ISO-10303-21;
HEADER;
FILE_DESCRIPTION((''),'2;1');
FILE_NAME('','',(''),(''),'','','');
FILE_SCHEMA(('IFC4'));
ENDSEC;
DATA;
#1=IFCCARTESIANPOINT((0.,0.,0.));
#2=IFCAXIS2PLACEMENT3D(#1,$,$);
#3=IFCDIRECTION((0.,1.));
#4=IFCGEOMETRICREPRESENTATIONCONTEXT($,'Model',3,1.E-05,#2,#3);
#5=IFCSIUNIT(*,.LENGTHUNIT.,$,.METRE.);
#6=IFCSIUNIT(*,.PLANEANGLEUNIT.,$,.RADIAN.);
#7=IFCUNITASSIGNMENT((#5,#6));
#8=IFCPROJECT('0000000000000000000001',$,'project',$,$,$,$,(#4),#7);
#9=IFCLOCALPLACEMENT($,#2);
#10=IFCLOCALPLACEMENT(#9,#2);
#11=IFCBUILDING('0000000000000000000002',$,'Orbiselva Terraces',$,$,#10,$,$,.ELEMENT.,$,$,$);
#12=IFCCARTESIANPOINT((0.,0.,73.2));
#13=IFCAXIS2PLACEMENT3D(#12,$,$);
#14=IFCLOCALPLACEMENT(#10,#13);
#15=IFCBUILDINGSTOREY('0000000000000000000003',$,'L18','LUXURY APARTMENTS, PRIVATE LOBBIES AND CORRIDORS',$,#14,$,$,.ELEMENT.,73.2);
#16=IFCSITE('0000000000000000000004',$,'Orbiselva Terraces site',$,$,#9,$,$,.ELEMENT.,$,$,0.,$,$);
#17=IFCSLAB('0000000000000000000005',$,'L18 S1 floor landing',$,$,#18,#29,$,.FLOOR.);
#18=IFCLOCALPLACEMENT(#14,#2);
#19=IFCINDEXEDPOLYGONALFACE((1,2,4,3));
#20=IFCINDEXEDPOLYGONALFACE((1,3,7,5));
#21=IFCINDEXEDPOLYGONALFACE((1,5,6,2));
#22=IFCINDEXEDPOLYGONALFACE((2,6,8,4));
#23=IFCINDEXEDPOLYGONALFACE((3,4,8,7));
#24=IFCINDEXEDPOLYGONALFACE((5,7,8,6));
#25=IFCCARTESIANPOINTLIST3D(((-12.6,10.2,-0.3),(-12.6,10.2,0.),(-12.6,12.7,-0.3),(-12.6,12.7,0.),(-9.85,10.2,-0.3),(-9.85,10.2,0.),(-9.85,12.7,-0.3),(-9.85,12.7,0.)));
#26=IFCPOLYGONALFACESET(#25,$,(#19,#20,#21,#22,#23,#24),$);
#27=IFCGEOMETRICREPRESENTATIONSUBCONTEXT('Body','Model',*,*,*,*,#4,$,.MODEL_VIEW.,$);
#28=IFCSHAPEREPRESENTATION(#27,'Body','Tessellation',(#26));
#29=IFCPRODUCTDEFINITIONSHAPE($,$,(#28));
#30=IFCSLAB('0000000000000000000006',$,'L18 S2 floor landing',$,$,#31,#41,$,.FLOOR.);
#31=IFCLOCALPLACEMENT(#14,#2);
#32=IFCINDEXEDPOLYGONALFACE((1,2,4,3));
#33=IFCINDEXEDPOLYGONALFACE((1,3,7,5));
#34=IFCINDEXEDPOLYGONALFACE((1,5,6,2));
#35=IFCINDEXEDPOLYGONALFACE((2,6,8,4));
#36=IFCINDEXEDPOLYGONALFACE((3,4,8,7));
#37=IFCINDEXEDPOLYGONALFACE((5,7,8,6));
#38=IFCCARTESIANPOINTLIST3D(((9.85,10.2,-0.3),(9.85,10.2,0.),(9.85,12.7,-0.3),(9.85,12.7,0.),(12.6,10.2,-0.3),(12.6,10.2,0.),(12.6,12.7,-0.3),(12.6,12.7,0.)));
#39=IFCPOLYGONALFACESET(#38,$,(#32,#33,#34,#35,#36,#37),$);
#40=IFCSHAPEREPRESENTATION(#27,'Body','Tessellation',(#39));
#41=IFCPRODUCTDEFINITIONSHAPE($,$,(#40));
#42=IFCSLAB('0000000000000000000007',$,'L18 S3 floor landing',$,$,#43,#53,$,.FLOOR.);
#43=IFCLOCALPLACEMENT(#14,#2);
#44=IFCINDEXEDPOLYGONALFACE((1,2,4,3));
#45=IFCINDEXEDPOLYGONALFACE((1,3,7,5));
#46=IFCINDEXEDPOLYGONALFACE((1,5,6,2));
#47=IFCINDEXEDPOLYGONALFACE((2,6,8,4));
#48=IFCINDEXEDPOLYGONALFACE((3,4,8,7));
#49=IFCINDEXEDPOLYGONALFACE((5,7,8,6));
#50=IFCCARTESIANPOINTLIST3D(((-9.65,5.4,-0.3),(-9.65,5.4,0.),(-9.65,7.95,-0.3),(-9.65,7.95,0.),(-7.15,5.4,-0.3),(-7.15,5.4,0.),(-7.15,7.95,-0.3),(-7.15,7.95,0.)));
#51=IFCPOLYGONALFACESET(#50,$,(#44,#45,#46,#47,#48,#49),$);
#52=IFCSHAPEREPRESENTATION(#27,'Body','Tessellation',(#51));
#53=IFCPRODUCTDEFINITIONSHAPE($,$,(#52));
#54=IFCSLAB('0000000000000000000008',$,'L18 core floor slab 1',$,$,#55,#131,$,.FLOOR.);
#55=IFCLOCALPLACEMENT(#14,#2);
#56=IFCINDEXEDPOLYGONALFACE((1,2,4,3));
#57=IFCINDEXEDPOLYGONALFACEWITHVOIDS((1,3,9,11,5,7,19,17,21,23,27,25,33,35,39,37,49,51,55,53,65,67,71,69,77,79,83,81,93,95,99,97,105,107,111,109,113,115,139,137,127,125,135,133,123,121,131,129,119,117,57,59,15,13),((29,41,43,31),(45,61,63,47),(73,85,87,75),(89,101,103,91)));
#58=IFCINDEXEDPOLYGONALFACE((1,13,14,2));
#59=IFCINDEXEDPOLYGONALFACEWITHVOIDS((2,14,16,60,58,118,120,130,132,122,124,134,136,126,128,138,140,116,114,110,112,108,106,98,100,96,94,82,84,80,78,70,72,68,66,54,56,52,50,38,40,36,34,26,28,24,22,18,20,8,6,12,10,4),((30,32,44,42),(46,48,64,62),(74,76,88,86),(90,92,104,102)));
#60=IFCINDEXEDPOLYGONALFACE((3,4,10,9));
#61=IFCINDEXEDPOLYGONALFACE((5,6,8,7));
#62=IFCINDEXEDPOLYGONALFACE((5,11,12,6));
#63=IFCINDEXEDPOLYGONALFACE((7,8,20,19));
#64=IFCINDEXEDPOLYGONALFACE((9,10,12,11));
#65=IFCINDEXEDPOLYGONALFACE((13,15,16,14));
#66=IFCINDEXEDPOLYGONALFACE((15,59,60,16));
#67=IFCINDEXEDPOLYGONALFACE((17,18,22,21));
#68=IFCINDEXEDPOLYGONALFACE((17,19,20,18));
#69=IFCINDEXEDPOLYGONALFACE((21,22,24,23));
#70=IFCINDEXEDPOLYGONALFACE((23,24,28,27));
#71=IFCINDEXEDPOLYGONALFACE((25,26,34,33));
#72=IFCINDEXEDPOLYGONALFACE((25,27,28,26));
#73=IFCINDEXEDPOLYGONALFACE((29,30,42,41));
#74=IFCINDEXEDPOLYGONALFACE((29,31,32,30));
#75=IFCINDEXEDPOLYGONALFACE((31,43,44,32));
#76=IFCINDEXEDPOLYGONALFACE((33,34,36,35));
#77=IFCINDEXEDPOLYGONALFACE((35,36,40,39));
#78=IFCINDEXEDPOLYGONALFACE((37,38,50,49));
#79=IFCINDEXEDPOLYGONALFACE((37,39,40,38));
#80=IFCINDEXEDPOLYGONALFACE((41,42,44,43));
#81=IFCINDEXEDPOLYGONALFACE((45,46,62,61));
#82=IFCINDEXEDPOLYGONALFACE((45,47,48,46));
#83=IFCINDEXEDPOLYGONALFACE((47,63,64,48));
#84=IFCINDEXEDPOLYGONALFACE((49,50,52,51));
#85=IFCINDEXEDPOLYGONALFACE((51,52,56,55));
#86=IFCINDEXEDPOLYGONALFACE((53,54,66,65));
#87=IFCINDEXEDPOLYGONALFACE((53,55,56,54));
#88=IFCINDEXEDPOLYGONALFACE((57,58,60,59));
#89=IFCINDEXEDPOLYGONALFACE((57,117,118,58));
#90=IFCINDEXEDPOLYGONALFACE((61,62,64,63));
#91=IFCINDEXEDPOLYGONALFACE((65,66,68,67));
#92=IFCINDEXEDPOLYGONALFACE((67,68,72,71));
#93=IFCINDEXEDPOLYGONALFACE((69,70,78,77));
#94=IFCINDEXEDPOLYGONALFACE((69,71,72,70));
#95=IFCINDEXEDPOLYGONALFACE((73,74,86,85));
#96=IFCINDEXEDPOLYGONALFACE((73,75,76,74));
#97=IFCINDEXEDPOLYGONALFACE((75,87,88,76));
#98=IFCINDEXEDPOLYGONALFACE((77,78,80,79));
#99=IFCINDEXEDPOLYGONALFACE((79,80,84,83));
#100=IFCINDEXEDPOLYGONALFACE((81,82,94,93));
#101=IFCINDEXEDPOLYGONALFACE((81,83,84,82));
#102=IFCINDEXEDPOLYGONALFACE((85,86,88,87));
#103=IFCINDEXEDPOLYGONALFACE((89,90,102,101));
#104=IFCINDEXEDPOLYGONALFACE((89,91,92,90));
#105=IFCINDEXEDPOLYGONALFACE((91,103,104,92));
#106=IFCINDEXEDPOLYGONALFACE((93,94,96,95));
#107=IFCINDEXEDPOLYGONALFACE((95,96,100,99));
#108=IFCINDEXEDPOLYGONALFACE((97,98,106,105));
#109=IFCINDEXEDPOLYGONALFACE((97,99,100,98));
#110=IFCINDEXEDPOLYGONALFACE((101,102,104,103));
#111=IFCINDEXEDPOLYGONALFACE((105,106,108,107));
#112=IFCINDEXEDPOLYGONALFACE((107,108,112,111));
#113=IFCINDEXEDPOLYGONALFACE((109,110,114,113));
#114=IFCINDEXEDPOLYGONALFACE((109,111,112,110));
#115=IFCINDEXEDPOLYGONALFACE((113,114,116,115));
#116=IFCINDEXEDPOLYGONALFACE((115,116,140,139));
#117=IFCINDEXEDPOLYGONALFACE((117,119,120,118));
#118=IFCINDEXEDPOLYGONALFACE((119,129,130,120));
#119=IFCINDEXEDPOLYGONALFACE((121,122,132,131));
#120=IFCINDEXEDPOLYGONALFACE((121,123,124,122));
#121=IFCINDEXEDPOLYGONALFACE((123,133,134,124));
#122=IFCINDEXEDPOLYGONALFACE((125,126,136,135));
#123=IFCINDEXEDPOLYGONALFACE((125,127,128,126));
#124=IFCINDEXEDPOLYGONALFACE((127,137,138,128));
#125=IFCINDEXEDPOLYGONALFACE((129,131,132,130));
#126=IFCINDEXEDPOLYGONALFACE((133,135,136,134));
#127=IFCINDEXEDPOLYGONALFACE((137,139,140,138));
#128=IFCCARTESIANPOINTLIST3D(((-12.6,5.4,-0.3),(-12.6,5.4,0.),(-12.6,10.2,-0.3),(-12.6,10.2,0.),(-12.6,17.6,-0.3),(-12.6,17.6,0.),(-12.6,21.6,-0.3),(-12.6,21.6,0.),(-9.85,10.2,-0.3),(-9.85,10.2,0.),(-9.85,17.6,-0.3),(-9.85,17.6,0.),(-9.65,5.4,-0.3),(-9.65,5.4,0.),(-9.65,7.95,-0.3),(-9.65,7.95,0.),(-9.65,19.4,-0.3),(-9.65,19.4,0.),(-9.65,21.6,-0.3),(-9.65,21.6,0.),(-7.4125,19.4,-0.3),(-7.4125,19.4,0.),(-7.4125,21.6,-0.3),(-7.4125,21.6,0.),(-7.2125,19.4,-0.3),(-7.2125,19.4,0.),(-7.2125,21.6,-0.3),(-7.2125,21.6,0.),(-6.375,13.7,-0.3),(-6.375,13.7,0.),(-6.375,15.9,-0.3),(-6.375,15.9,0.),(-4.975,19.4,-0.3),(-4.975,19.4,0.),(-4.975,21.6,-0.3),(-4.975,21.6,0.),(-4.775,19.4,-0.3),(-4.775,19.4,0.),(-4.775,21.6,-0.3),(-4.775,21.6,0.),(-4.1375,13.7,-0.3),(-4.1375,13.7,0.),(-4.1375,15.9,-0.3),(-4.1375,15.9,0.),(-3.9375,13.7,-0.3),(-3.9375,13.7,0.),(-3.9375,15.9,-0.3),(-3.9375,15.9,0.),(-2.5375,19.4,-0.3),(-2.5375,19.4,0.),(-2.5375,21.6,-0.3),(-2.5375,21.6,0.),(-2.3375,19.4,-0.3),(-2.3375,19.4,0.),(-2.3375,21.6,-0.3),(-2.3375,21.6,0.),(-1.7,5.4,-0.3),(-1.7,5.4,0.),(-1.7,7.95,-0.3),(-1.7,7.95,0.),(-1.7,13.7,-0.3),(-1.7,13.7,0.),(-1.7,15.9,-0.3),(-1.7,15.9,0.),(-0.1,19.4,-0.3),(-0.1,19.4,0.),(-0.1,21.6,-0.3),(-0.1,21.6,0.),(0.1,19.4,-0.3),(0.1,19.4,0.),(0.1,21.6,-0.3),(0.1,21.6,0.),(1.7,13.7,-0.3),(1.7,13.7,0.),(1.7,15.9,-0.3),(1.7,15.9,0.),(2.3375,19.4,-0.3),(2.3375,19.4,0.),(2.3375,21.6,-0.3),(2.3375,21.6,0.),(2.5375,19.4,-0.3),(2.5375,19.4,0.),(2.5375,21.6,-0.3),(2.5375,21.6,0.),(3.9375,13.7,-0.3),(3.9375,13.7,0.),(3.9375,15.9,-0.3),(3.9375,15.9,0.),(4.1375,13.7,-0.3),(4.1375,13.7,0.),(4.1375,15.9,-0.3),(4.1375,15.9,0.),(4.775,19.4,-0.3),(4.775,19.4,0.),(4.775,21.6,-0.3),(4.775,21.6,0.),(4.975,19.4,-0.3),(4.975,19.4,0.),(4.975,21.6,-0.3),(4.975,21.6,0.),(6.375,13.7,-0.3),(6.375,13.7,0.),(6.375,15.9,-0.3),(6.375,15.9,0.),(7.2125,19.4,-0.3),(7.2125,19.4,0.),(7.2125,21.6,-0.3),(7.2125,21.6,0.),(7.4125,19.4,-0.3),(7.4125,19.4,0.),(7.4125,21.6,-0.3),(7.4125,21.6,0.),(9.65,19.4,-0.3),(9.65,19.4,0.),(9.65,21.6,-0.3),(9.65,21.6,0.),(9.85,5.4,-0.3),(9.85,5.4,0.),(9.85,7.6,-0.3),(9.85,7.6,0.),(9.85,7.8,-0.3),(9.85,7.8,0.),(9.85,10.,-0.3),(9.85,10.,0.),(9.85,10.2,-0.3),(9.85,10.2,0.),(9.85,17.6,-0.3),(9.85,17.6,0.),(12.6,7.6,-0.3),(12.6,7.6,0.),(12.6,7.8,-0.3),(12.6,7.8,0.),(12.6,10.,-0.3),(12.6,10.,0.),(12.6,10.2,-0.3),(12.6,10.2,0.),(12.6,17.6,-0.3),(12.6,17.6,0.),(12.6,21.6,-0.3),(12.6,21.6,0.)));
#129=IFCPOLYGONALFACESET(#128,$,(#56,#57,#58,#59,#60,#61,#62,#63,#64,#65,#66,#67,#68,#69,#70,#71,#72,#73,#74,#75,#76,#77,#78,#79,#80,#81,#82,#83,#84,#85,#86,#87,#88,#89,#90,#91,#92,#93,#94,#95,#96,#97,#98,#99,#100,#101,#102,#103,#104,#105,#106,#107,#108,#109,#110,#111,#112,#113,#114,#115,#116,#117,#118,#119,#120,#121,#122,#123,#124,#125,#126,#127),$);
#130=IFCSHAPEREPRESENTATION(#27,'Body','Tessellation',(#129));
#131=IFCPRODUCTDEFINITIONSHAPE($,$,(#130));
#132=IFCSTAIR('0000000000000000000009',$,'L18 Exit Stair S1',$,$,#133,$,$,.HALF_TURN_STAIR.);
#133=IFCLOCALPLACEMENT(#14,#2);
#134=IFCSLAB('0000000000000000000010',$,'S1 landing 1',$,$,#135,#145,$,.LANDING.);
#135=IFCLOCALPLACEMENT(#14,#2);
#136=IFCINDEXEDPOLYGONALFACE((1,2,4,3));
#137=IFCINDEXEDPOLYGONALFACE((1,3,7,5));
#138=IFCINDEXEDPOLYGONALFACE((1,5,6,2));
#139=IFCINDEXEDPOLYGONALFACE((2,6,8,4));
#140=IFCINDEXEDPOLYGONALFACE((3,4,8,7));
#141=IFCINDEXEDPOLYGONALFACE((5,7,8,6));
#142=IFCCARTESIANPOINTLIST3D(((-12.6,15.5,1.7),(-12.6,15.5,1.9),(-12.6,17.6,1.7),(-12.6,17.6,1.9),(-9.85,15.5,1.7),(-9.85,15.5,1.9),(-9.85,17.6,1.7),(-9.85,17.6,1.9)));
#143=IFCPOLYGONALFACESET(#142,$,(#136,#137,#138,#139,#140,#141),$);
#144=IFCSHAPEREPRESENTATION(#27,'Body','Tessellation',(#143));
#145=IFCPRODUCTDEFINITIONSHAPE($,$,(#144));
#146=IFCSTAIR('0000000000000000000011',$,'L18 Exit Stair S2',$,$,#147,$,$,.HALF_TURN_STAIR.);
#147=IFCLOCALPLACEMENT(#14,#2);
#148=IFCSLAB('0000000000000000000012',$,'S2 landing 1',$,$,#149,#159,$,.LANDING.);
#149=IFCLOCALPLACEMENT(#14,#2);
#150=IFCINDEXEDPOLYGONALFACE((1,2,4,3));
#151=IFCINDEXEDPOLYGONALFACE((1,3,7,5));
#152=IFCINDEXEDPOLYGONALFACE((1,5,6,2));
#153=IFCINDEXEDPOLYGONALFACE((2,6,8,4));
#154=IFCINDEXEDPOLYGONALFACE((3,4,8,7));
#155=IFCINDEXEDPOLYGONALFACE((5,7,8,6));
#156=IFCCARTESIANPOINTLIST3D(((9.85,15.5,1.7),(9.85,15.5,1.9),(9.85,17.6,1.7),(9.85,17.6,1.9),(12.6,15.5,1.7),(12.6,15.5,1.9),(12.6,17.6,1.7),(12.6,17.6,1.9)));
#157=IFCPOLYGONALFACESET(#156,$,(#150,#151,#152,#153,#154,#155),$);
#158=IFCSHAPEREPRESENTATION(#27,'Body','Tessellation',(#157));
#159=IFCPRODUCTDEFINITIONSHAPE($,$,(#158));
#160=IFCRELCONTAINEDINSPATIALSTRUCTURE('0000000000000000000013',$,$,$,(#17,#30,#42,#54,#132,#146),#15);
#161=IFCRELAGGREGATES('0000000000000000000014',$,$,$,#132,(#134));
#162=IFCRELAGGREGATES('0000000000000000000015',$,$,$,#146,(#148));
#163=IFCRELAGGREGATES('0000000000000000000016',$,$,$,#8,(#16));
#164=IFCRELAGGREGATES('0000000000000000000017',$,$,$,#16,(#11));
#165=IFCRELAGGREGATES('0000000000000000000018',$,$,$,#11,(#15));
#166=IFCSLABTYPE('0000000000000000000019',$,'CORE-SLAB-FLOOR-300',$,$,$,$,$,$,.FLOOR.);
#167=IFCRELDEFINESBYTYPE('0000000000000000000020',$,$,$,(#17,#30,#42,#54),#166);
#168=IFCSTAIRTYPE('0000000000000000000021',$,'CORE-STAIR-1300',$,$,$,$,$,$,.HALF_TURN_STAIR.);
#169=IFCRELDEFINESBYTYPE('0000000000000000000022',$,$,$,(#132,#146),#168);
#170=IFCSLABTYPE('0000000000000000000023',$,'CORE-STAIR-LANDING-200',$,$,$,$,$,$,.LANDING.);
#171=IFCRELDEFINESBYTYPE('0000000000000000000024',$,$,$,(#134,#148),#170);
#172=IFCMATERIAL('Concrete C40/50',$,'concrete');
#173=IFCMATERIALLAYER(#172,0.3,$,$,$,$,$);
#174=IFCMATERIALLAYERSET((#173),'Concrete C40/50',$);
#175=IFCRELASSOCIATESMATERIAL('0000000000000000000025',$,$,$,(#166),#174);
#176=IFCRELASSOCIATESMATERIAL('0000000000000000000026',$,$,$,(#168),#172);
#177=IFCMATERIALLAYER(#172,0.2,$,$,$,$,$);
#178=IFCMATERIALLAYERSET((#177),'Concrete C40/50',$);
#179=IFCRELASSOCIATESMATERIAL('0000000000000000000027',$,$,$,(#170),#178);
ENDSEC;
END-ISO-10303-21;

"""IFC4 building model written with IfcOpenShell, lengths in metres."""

from ifc_helpers import new_model, si_unit, direction, frame, origin, place, context, subcontext, project, spatial, polyline, outline, extrude, material, layer, layer_set, type_object, element, aggregate, save


model = new_model("IFC4")

# Units and contexts
model_context = context("Model", 3, precision=1e-05, world=origin(), true_north=direction((0.0, 1.0)))
body_context = subcontext(model_context, "Body", "Model", "MODEL_VIEW")
ifc_project = project(units=[si_unit("LENGTHUNIT", "METRE"), si_unit("PLANEANGLEUNIT", "RADIAN")], contexts=[model_context])

# Site, building, storey
site_placement = place(None, origin())
site = spatial("IfcSite", under=ifc_project, at=site_placement, Name="Orbiselva Terraces site", CompositionType="ELEMENT", RefElevation=0.0)
building_placement = place(site_placement, origin())
building = spatial("IfcBuilding", under=site, at=building_placement, Name="Orbiselva Terraces", CompositionType="ELEMENT")
storey_placement = place(building_placement, frame((0.0, 0.0, 73.2)))
storey = spatial("IfcBuildingStorey", under=building, at=storey_placement, Name="L18", Description="LUXURY APARTMENTS, PRIVATE LOBBIES AND CORRIDORS", CompositionType="ELEMENT", Elevation=73.2)

# Slabs
ifc_material_1 = material(Name="Concrete C40/50", Category="concrete")
ifc_layer_1 = layer(ifc_material_1, 0.3)
ifc_layer_set_1 = layer_set([ifc_layer_1], Name="Concrete C40/50")
slab_type_1 = type_object("IfcSlabType", Name="CORE-SLAB-FLOOR-300", PredefinedType="FLOOR", material=ifc_layer_set_1)
slab_1_placement = place(storey_placement, frame((0.0, 0.0, -0.3)))
element("IfcSlab", 1, at=slab_1_placement, inside=storey, type_object=slab_type_1, Name="L18 S1 floor landing", PredefinedType="FLOOR", context=body_context, shape_type="SweptSolid", body=[
    extrude(outline(polyline([(-12.6, 12.7), (-9.85, 12.7), (-9.85, 10.2), (-12.6, 10.2), (-12.6, 12.7)])), origin(), (0.0, 0.0, 1.0), 0.3),
])
slab_2_placement = place(storey_placement, frame((0.0, 0.0, -0.3)))
element("IfcSlab", 2, at=slab_2_placement, inside=storey, type_object=slab_type_1, Name="L18 S2 floor landing", PredefinedType="FLOOR", context=body_context, shape_type="SweptSolid", body=[
    extrude(outline(polyline([(12.6, 12.7), (12.6, 10.2), (9.85, 10.2), (9.85, 12.7), (12.6, 12.7)])), origin(), (0.0, 0.0, 1.0), 0.3),
])
slab_3_placement = place(storey_placement, frame((0.0, 0.0, -0.3)))
element("IfcSlab", 3, at=slab_3_placement, inside=storey, type_object=slab_type_1, Name="L18 S3 floor landing", PredefinedType="FLOOR", context=body_context, shape_type="SweptSolid", body=[
    extrude(outline(polyline([(-7.15, 5.4), (-9.65, 5.4), (-9.65, 7.95), (-7.15, 7.95), (-7.15, 5.4)])), origin(), (0.0, 0.0, 1.0), 0.3),
])
slab_4_placement = place(storey_placement, frame((0.0, 0.0, -0.3)))
element("IfcSlab", 4, at=slab_4_placement, inside=storey, type_object=slab_type_1, Name="L18 core floor slab 1", PredefinedType="FLOOR", context=body_context, shape_type="SweptSolid", body=[
    extrude(outline(polyline([(-1.7, 5.4), (-1.7, 7.95), (-9.65, 7.95), (-9.65, 5.4), (-12.6, 5.4), (-12.6, 10.2), (-9.85, 10.2), (-9.85, 17.6), (-12.6, 17.6), (-12.6, 21.6), (-9.65, 21.6), (-9.65, 19.4), (-7.4125, 19.4), (-7.4125, 21.6), (-7.2125, 21.6), (-7.2125, 19.4), (-4.975, 19.4), (-4.975, 21.6), (-4.775, 21.6), (-4.775, 19.4), (-2.5375, 19.4), (-2.5375, 21.6), (-2.3375, 21.6), (-2.3375, 19.4), (-0.1, 19.4), (-0.1, 21.6), (0.1, 21.6), (0.1, 19.4), (2.3375, 19.4), (2.3375, 21.6), (2.5375, 21.6), (2.5375, 19.4), (4.775, 19.4), (4.775, 21.6), (4.975, 21.6), (4.975, 19.4), (7.2125, 19.4), (7.2125, 21.6), (7.4125, 21.6), (7.4125, 19.4), (9.65, 19.4), (9.65, 21.6), (12.6, 21.6), (12.6, 17.6), (9.85, 17.6), (9.85, 10.2), (12.6, 10.2), (12.6, 10.0), (9.85, 10.0), (9.85, 7.8), (12.6, 7.8), (12.6, 7.6), (9.85, 7.6), (9.85, 5.4), (-1.7, 5.4)]), holes=[polyline([(-4.1375, 13.7), (-4.1375, 15.9), (-6.375, 15.9), (-6.375, 13.7), (-4.1375, 13.7)]), polyline([(-1.7, 13.7), (-1.7, 15.9), (-3.9375, 15.9), (-3.9375, 13.7), (-1.7, 13.7)]), polyline([(3.9375, 13.7), (3.9375, 15.9), (1.7, 15.9), (1.7, 13.7), (3.9375, 13.7)]), polyline([(6.375, 13.7), (6.375, 15.9), (4.1375, 15.9), (4.1375, 13.7), (6.375, 13.7)])]), origin(), (0.0, 0.0, 1.0), 0.3),
])

# Stairs, slabs
stair_type = type_object("IfcStairType", Name="CORE-STAIR-1300", PredefinedType="HALF_TURN_STAIR", material=ifc_material_1)
stair_1_placement = place(storey_placement, origin())
stair_1 = element("IfcStair", 5, at=stair_1_placement, inside=storey, type_object=stair_type, Name="L18 Exit Stair S1", PredefinedType="HALF_TURN_STAIR")
ifc_layer_2 = layer(ifc_material_1, 0.2)
ifc_layer_set_2 = layer_set([ifc_layer_2], Name="Concrete C40/50")
slab_type_2 = type_object("IfcSlabType", Name="CORE-STAIR-LANDING-200", PredefinedType="LANDING", material=ifc_layer_set_2)
slab_5_placement = place(storey_placement, frame((0.0, 0.0, 1.7)))
slab_5 = element("IfcSlab", 6, at=slab_5_placement, type_object=slab_type_2, Name="S1 landing 1", PredefinedType="LANDING", context=body_context, shape_type="SweptSolid", body=[
    extrude(outline(polyline([(-9.85, 15.5), (-9.85, 17.6), (-12.6, 17.6), (-12.6, 15.5), (-9.85, 15.5)])), origin(), (0.0, 0.0, 1.0), 0.2),
])
aggregate(stair_1, [slab_5])
stair_2_placement = place(storey_placement, origin())
stair_2 = element("IfcStair", 7, at=stair_2_placement, inside=storey, type_object=stair_type, Name="L18 Exit Stair S2", PredefinedType="HALF_TURN_STAIR")
slab_6_placement = place(storey_placement, frame((0.0, 0.0, 1.7)))
slab_6 = element("IfcSlab", 8, at=slab_6_placement, type_object=slab_type_2, Name="S2 landing 1", PredefinedType="LANDING", context=body_context, shape_type="SweptSolid", body=[
    extrude(outline(polyline([(12.6, 15.5), (12.6, 17.6), (9.85, 17.6), (9.85, 15.5), (12.6, 15.5)])), origin(), (0.0, 0.0, 1.0), 0.2),
])
aggregate(stair_2, [slab_6])

save(model, "model.ifc")
